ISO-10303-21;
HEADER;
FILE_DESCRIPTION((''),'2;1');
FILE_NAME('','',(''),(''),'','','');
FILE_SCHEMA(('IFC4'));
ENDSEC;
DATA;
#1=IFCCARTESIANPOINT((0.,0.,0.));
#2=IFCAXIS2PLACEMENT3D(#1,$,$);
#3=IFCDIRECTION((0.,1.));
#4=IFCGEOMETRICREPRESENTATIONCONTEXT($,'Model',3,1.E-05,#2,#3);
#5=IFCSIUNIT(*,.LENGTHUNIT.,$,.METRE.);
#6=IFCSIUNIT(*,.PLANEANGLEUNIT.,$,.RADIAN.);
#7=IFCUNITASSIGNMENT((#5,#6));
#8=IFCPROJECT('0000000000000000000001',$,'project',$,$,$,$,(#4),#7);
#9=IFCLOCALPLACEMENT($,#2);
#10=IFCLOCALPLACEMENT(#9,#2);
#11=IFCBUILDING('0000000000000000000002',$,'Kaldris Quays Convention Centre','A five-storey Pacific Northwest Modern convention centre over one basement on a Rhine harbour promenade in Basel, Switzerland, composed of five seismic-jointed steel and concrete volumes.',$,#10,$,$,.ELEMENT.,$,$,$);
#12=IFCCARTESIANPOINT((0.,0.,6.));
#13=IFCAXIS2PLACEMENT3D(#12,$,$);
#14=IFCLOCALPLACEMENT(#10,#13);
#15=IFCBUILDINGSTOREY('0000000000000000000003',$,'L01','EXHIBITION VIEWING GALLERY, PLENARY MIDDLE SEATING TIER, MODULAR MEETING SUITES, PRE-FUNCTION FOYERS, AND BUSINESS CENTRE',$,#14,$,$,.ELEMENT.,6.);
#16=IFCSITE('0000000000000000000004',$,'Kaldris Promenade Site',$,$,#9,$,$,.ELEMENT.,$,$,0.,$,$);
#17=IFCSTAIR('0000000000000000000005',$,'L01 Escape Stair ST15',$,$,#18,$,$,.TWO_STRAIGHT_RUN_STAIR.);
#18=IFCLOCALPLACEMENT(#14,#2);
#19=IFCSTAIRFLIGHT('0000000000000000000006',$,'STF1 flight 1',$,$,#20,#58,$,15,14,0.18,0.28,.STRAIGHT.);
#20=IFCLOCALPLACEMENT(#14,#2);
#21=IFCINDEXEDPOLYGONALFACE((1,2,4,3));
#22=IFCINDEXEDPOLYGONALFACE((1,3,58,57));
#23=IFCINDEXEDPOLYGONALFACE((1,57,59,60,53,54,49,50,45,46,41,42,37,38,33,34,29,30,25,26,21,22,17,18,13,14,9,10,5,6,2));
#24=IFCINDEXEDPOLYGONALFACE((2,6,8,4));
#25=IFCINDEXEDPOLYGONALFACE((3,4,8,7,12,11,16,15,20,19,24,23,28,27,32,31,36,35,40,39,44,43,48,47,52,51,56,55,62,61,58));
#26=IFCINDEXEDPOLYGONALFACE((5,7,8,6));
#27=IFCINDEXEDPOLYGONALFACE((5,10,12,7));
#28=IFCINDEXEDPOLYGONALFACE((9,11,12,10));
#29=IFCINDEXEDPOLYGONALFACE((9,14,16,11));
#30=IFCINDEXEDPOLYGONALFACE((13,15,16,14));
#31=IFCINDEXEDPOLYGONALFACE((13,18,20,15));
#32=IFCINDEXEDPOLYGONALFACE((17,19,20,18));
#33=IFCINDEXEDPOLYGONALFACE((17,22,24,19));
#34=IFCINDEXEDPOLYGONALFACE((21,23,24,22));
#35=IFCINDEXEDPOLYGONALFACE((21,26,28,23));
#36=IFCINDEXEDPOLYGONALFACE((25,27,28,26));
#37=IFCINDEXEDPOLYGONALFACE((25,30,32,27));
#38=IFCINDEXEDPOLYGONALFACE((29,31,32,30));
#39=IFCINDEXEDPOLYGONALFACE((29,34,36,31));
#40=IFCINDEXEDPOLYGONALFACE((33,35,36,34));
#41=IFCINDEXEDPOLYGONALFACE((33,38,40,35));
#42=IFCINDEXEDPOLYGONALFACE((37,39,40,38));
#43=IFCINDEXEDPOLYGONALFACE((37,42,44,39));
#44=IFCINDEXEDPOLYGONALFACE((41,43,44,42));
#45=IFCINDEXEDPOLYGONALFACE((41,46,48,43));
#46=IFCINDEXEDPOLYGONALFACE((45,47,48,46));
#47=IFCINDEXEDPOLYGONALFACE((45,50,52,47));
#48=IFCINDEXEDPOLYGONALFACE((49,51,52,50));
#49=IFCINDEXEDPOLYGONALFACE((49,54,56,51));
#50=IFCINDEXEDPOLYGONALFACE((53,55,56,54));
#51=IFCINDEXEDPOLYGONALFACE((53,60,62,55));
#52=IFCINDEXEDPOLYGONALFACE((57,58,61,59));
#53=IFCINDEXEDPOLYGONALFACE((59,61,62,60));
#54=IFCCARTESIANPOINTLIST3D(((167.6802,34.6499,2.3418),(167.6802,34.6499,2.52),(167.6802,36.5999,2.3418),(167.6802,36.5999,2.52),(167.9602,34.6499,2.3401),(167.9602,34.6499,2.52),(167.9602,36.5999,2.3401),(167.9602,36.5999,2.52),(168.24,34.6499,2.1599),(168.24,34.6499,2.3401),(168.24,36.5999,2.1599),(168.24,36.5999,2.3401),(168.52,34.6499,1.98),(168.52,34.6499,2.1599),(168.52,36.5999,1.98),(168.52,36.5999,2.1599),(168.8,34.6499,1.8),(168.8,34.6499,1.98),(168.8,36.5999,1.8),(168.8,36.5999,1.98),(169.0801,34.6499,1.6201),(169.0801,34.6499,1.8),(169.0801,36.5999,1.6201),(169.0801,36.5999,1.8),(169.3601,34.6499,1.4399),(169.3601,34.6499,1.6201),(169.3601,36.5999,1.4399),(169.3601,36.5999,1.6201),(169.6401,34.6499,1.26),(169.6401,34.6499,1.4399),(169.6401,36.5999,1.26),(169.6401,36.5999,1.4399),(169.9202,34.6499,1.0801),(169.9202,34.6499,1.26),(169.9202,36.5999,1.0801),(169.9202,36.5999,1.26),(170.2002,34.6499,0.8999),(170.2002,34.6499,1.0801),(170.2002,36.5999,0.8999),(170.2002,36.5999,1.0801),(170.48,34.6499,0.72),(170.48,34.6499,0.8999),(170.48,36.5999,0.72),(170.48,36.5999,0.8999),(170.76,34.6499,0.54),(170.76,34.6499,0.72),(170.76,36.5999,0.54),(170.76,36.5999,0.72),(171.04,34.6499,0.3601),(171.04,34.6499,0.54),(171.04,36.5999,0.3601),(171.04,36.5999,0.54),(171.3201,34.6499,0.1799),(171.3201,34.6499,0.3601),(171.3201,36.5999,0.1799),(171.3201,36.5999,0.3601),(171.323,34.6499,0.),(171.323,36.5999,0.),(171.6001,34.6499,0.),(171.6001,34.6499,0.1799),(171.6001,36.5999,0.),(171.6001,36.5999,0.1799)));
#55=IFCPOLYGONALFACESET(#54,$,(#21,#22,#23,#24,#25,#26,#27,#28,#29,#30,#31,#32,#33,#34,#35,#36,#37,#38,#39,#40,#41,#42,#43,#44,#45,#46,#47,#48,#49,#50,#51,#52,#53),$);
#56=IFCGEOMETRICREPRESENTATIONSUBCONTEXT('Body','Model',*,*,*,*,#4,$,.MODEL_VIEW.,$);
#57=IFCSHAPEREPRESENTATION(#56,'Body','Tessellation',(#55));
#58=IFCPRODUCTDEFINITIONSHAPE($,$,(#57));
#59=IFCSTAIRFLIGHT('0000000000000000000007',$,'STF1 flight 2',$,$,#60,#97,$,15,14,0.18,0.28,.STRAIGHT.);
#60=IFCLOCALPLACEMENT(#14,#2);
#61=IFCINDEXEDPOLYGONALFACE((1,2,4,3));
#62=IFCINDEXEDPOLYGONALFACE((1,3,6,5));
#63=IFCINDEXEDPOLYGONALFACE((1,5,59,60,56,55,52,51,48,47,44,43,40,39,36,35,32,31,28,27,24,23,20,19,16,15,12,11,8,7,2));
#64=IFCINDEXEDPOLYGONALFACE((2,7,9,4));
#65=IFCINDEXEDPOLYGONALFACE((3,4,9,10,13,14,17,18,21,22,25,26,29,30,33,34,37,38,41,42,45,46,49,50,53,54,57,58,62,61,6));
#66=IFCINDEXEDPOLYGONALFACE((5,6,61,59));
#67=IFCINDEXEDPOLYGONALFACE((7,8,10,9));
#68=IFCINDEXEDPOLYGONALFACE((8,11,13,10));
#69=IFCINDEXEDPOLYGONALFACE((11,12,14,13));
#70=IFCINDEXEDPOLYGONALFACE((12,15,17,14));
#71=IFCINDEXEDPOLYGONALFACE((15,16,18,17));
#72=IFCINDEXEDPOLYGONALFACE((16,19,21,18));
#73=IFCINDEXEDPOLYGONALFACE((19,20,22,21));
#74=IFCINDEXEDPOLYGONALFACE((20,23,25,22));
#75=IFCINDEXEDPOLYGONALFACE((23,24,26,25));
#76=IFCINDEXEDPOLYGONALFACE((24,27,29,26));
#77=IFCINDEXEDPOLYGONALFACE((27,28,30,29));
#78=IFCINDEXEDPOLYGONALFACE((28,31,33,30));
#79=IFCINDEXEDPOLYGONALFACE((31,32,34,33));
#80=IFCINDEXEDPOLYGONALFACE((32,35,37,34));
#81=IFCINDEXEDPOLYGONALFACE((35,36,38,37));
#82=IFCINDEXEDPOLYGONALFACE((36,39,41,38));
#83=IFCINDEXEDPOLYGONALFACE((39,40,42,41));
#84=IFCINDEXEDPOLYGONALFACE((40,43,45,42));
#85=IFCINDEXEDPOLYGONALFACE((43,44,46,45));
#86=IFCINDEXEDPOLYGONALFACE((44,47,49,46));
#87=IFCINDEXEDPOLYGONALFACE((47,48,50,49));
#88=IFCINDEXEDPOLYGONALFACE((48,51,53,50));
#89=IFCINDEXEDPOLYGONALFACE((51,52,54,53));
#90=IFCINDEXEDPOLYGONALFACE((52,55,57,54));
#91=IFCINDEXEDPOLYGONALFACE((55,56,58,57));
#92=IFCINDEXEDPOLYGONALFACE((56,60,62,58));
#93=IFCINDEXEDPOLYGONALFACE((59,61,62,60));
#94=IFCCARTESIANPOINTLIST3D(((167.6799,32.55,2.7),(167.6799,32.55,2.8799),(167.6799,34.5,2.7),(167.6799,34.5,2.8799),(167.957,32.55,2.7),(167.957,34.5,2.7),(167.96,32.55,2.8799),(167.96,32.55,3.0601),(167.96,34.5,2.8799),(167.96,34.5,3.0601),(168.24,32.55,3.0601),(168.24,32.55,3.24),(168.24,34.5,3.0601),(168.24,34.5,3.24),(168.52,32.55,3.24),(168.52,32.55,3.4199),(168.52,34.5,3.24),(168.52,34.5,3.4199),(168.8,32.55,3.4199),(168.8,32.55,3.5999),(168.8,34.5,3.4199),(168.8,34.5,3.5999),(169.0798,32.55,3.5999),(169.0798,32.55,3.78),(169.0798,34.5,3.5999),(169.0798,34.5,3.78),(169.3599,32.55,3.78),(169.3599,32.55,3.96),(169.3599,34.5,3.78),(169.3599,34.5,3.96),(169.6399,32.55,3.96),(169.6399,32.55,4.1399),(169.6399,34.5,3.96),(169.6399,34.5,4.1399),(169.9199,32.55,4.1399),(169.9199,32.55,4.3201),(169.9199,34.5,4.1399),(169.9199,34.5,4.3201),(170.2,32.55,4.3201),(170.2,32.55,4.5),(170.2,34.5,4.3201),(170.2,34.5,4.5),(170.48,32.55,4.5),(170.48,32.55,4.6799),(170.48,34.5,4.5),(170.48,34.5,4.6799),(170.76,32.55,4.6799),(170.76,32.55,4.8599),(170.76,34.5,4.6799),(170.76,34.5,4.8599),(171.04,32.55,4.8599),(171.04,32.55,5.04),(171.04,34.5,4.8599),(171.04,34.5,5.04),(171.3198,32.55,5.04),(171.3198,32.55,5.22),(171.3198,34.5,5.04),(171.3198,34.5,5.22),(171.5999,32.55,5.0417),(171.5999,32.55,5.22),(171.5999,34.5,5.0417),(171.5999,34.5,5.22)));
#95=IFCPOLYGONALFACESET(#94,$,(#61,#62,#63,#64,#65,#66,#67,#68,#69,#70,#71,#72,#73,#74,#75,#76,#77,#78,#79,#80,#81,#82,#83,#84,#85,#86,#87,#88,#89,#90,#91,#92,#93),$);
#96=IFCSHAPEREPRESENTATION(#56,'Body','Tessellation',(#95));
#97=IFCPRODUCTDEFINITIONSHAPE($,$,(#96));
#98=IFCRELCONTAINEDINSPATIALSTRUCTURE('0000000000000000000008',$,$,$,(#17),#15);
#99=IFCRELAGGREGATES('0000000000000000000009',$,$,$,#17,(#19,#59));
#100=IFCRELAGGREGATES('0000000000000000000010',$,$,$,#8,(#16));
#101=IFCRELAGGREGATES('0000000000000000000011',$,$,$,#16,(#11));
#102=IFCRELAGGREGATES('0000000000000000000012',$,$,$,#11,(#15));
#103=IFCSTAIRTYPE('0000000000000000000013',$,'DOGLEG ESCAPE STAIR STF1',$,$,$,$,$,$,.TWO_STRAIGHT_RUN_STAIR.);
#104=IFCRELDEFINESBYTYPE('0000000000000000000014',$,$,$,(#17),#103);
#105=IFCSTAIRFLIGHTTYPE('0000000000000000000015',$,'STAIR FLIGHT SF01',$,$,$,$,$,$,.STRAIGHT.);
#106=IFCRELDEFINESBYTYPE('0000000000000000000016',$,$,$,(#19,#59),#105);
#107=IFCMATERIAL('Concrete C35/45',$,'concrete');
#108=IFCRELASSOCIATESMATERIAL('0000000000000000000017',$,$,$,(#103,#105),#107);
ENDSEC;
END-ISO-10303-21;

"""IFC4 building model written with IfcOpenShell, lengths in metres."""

from ifc_helpers import new_model, si_unit, direction, frame, origin, place, context, subcontext, project, spatial, polyline, outline, extrude, material, type_object, element, aggregate, save


model = new_model("IFC4")

# Units and contexts
model_context = context("Model", 3, precision=1e-05, world=origin(), true_north=direction((0.0, 1.0)))
body_context = subcontext(model_context, "Body", "Model", "MODEL_VIEW")
ifc_project = project(units=[si_unit("LENGTHUNIT", "METRE"), si_unit("PLANEANGLEUNIT", "RADIAN")], contexts=[model_context])

# Site, building, storey
site_placement = place(None, origin())
site = spatial("IfcSite", under=ifc_project, at=site_placement, Name="Kaldris Promenade Site", CompositionType="ELEMENT", RefElevation=0.0)
building_placement = place(site_placement, origin())
building = spatial("IfcBuilding", under=site, at=building_placement, Name="Kaldris Quays Convention Centre", Description="A five-storey Pacific Northwest Modern convention centre over one basement on a Rhine harbour promenade in Basel, Switzerland, composed of five seismic-jointed steel and concrete volumes.", CompositionType="ELEMENT")
storey_placement = place(building_placement, frame((0.0, 0.0, 6.0)))
storey = spatial("IfcBuildingStorey", under=building, at=storey_placement, Name="L01", Description="EXHIBITION VIEWING GALLERY, PLENARY MIDDLE SEATING TIER, MODULAR MEETING SUITES, PRE-FUNCTION FOYERS, AND BUSINESS CENTRE", CompositionType="ELEMENT", Elevation=6.0)

# Stair, stair flights
ifc_material_1 = material(Name="Concrete C35/45", Category="concrete")
stair_type = type_object("IfcStairType", Name="DOGLEG ESCAPE STAIR STF1", PredefinedType="TWO_STRAIGHT_RUN_STAIR", material=ifc_material_1)
stair_placement = place(storey_placement, origin())
stair = element("IfcStair", 1, at=stair_placement, inside=storey, type_object=stair_type, Name="L01 Escape Stair ST15", PredefinedType="TWO_STRAIGHT_RUN_STAIR")
stair_flight_type = type_object("IfcStairFlightType", Name="STAIR FLIGHT SF01", PredefinedType="STRAIGHT", material=ifc_material_1)
stair_flight_1_placement = place(storey_placement, frame((171.6001, 35.625, 0.0), z_axis=(0.0, 0.0, 1.0), x_axis=(-1.0, 0.0, 0.0)))
stair_flight_1 = element("IfcStairFlight", 2, at=stair_flight_1_placement, type_object=stair_flight_type, Name="STF1 flight 1", NumberOfRisers=15, NumberOfTreads=14, PredefinedType="STRAIGHT", RiserHeight=0.18, TreadLength=0.28, context=body_context, shape_type="SweptSolid", body=[
    extrude(outline(polyline([(0.0, 0.0), (0.0, 0.1799), (0.28, 0.1799), (0.28, 0.3601), (0.5601, 0.3601), (0.5601, 0.54), (0.8401, 0.54), (0.8401, 0.72), (1.1201, 0.72), (1.1201, 0.8999), (1.3999, 0.8999), (1.3999, 1.0801), (1.6799, 1.0801), (1.6799, 1.26), (1.96, 1.26), (1.96, 1.4399), (2.24, 1.4399), (2.24, 1.6201), (2.52, 1.6201), (2.52, 1.8), (2.8, 1.8), (2.8, 1.98), (3.0801, 1.98), (3.0801, 2.1599), (3.3601, 2.1599), (3.3601, 2.3401), (3.6399, 2.3401), (3.6399, 2.52), (3.9199, 2.52), (3.9199, 2.7), (3.9199, 2.3418), (0.2771, 0.0), (0.0, 0.0)])), frame((0.0, 0.9751, 0.0), z_axis=(0.0, -1.0, 0.0), x_axis=(1.0, 0.0, 0.0)), (0.0, 0.0, 1.0), 1.95),
])
stair_flight_2_placement = place(storey_placement, frame((167.6799, 33.5249, 2.7), z_axis=(0.0, 0.0, 1.0), x_axis=(1.0, 0.0, 0.0)))
stair_flight_2 = element("IfcStairFlight", 3, at=stair_flight_2_placement, type_object=stair_flight_type, Name="STF1 flight 2", NumberOfRisers=15, NumberOfTreads=14, PredefinedType="STRAIGHT", RiserHeight=0.18, TreadLength=0.28, context=body_context, shape_type="SweptSolid", body=[
    extrude(outline(polyline([(0.0, 0.0), (0.0, 0.1799), (0.28, 0.1799), (0.28, 0.3601), (0.5601, 0.3601), (0.5601, 0.54), (0.8401, 0.54), (0.8401, 0.72), (1.1201, 0.72), (1.1201, 0.8999), (1.3999, 0.8999), (1.3999, 1.0801), (1.6799, 1.0801), (1.6799, 1.26), (1.96, 1.26), (1.96, 1.4399), (2.24, 1.4399), (2.24, 1.6201), (2.52, 1.6201), (2.52, 1.8), (2.8, 1.8), (2.8, 1.98), (3.0801, 1.98), (3.0801, 2.1599), (3.3601, 2.1599), (3.3601, 2.3401), (3.6399, 2.3401), (3.6399, 2.52), (3.9199, 2.52), (3.9199, 2.7), (3.9199, 2.3418), (0.2771, 0.0), (0.0, 0.0)])), frame((0.0, 0.9751, 0.0), z_axis=(0.0, -1.0, 0.0), x_axis=(1.0, 0.0, 0.0)), (0.0, 0.0, 1.0), 1.95),
])
aggregate(stair, [stair_flight_1, stair_flight_2])

save(model, "model.ifc")
